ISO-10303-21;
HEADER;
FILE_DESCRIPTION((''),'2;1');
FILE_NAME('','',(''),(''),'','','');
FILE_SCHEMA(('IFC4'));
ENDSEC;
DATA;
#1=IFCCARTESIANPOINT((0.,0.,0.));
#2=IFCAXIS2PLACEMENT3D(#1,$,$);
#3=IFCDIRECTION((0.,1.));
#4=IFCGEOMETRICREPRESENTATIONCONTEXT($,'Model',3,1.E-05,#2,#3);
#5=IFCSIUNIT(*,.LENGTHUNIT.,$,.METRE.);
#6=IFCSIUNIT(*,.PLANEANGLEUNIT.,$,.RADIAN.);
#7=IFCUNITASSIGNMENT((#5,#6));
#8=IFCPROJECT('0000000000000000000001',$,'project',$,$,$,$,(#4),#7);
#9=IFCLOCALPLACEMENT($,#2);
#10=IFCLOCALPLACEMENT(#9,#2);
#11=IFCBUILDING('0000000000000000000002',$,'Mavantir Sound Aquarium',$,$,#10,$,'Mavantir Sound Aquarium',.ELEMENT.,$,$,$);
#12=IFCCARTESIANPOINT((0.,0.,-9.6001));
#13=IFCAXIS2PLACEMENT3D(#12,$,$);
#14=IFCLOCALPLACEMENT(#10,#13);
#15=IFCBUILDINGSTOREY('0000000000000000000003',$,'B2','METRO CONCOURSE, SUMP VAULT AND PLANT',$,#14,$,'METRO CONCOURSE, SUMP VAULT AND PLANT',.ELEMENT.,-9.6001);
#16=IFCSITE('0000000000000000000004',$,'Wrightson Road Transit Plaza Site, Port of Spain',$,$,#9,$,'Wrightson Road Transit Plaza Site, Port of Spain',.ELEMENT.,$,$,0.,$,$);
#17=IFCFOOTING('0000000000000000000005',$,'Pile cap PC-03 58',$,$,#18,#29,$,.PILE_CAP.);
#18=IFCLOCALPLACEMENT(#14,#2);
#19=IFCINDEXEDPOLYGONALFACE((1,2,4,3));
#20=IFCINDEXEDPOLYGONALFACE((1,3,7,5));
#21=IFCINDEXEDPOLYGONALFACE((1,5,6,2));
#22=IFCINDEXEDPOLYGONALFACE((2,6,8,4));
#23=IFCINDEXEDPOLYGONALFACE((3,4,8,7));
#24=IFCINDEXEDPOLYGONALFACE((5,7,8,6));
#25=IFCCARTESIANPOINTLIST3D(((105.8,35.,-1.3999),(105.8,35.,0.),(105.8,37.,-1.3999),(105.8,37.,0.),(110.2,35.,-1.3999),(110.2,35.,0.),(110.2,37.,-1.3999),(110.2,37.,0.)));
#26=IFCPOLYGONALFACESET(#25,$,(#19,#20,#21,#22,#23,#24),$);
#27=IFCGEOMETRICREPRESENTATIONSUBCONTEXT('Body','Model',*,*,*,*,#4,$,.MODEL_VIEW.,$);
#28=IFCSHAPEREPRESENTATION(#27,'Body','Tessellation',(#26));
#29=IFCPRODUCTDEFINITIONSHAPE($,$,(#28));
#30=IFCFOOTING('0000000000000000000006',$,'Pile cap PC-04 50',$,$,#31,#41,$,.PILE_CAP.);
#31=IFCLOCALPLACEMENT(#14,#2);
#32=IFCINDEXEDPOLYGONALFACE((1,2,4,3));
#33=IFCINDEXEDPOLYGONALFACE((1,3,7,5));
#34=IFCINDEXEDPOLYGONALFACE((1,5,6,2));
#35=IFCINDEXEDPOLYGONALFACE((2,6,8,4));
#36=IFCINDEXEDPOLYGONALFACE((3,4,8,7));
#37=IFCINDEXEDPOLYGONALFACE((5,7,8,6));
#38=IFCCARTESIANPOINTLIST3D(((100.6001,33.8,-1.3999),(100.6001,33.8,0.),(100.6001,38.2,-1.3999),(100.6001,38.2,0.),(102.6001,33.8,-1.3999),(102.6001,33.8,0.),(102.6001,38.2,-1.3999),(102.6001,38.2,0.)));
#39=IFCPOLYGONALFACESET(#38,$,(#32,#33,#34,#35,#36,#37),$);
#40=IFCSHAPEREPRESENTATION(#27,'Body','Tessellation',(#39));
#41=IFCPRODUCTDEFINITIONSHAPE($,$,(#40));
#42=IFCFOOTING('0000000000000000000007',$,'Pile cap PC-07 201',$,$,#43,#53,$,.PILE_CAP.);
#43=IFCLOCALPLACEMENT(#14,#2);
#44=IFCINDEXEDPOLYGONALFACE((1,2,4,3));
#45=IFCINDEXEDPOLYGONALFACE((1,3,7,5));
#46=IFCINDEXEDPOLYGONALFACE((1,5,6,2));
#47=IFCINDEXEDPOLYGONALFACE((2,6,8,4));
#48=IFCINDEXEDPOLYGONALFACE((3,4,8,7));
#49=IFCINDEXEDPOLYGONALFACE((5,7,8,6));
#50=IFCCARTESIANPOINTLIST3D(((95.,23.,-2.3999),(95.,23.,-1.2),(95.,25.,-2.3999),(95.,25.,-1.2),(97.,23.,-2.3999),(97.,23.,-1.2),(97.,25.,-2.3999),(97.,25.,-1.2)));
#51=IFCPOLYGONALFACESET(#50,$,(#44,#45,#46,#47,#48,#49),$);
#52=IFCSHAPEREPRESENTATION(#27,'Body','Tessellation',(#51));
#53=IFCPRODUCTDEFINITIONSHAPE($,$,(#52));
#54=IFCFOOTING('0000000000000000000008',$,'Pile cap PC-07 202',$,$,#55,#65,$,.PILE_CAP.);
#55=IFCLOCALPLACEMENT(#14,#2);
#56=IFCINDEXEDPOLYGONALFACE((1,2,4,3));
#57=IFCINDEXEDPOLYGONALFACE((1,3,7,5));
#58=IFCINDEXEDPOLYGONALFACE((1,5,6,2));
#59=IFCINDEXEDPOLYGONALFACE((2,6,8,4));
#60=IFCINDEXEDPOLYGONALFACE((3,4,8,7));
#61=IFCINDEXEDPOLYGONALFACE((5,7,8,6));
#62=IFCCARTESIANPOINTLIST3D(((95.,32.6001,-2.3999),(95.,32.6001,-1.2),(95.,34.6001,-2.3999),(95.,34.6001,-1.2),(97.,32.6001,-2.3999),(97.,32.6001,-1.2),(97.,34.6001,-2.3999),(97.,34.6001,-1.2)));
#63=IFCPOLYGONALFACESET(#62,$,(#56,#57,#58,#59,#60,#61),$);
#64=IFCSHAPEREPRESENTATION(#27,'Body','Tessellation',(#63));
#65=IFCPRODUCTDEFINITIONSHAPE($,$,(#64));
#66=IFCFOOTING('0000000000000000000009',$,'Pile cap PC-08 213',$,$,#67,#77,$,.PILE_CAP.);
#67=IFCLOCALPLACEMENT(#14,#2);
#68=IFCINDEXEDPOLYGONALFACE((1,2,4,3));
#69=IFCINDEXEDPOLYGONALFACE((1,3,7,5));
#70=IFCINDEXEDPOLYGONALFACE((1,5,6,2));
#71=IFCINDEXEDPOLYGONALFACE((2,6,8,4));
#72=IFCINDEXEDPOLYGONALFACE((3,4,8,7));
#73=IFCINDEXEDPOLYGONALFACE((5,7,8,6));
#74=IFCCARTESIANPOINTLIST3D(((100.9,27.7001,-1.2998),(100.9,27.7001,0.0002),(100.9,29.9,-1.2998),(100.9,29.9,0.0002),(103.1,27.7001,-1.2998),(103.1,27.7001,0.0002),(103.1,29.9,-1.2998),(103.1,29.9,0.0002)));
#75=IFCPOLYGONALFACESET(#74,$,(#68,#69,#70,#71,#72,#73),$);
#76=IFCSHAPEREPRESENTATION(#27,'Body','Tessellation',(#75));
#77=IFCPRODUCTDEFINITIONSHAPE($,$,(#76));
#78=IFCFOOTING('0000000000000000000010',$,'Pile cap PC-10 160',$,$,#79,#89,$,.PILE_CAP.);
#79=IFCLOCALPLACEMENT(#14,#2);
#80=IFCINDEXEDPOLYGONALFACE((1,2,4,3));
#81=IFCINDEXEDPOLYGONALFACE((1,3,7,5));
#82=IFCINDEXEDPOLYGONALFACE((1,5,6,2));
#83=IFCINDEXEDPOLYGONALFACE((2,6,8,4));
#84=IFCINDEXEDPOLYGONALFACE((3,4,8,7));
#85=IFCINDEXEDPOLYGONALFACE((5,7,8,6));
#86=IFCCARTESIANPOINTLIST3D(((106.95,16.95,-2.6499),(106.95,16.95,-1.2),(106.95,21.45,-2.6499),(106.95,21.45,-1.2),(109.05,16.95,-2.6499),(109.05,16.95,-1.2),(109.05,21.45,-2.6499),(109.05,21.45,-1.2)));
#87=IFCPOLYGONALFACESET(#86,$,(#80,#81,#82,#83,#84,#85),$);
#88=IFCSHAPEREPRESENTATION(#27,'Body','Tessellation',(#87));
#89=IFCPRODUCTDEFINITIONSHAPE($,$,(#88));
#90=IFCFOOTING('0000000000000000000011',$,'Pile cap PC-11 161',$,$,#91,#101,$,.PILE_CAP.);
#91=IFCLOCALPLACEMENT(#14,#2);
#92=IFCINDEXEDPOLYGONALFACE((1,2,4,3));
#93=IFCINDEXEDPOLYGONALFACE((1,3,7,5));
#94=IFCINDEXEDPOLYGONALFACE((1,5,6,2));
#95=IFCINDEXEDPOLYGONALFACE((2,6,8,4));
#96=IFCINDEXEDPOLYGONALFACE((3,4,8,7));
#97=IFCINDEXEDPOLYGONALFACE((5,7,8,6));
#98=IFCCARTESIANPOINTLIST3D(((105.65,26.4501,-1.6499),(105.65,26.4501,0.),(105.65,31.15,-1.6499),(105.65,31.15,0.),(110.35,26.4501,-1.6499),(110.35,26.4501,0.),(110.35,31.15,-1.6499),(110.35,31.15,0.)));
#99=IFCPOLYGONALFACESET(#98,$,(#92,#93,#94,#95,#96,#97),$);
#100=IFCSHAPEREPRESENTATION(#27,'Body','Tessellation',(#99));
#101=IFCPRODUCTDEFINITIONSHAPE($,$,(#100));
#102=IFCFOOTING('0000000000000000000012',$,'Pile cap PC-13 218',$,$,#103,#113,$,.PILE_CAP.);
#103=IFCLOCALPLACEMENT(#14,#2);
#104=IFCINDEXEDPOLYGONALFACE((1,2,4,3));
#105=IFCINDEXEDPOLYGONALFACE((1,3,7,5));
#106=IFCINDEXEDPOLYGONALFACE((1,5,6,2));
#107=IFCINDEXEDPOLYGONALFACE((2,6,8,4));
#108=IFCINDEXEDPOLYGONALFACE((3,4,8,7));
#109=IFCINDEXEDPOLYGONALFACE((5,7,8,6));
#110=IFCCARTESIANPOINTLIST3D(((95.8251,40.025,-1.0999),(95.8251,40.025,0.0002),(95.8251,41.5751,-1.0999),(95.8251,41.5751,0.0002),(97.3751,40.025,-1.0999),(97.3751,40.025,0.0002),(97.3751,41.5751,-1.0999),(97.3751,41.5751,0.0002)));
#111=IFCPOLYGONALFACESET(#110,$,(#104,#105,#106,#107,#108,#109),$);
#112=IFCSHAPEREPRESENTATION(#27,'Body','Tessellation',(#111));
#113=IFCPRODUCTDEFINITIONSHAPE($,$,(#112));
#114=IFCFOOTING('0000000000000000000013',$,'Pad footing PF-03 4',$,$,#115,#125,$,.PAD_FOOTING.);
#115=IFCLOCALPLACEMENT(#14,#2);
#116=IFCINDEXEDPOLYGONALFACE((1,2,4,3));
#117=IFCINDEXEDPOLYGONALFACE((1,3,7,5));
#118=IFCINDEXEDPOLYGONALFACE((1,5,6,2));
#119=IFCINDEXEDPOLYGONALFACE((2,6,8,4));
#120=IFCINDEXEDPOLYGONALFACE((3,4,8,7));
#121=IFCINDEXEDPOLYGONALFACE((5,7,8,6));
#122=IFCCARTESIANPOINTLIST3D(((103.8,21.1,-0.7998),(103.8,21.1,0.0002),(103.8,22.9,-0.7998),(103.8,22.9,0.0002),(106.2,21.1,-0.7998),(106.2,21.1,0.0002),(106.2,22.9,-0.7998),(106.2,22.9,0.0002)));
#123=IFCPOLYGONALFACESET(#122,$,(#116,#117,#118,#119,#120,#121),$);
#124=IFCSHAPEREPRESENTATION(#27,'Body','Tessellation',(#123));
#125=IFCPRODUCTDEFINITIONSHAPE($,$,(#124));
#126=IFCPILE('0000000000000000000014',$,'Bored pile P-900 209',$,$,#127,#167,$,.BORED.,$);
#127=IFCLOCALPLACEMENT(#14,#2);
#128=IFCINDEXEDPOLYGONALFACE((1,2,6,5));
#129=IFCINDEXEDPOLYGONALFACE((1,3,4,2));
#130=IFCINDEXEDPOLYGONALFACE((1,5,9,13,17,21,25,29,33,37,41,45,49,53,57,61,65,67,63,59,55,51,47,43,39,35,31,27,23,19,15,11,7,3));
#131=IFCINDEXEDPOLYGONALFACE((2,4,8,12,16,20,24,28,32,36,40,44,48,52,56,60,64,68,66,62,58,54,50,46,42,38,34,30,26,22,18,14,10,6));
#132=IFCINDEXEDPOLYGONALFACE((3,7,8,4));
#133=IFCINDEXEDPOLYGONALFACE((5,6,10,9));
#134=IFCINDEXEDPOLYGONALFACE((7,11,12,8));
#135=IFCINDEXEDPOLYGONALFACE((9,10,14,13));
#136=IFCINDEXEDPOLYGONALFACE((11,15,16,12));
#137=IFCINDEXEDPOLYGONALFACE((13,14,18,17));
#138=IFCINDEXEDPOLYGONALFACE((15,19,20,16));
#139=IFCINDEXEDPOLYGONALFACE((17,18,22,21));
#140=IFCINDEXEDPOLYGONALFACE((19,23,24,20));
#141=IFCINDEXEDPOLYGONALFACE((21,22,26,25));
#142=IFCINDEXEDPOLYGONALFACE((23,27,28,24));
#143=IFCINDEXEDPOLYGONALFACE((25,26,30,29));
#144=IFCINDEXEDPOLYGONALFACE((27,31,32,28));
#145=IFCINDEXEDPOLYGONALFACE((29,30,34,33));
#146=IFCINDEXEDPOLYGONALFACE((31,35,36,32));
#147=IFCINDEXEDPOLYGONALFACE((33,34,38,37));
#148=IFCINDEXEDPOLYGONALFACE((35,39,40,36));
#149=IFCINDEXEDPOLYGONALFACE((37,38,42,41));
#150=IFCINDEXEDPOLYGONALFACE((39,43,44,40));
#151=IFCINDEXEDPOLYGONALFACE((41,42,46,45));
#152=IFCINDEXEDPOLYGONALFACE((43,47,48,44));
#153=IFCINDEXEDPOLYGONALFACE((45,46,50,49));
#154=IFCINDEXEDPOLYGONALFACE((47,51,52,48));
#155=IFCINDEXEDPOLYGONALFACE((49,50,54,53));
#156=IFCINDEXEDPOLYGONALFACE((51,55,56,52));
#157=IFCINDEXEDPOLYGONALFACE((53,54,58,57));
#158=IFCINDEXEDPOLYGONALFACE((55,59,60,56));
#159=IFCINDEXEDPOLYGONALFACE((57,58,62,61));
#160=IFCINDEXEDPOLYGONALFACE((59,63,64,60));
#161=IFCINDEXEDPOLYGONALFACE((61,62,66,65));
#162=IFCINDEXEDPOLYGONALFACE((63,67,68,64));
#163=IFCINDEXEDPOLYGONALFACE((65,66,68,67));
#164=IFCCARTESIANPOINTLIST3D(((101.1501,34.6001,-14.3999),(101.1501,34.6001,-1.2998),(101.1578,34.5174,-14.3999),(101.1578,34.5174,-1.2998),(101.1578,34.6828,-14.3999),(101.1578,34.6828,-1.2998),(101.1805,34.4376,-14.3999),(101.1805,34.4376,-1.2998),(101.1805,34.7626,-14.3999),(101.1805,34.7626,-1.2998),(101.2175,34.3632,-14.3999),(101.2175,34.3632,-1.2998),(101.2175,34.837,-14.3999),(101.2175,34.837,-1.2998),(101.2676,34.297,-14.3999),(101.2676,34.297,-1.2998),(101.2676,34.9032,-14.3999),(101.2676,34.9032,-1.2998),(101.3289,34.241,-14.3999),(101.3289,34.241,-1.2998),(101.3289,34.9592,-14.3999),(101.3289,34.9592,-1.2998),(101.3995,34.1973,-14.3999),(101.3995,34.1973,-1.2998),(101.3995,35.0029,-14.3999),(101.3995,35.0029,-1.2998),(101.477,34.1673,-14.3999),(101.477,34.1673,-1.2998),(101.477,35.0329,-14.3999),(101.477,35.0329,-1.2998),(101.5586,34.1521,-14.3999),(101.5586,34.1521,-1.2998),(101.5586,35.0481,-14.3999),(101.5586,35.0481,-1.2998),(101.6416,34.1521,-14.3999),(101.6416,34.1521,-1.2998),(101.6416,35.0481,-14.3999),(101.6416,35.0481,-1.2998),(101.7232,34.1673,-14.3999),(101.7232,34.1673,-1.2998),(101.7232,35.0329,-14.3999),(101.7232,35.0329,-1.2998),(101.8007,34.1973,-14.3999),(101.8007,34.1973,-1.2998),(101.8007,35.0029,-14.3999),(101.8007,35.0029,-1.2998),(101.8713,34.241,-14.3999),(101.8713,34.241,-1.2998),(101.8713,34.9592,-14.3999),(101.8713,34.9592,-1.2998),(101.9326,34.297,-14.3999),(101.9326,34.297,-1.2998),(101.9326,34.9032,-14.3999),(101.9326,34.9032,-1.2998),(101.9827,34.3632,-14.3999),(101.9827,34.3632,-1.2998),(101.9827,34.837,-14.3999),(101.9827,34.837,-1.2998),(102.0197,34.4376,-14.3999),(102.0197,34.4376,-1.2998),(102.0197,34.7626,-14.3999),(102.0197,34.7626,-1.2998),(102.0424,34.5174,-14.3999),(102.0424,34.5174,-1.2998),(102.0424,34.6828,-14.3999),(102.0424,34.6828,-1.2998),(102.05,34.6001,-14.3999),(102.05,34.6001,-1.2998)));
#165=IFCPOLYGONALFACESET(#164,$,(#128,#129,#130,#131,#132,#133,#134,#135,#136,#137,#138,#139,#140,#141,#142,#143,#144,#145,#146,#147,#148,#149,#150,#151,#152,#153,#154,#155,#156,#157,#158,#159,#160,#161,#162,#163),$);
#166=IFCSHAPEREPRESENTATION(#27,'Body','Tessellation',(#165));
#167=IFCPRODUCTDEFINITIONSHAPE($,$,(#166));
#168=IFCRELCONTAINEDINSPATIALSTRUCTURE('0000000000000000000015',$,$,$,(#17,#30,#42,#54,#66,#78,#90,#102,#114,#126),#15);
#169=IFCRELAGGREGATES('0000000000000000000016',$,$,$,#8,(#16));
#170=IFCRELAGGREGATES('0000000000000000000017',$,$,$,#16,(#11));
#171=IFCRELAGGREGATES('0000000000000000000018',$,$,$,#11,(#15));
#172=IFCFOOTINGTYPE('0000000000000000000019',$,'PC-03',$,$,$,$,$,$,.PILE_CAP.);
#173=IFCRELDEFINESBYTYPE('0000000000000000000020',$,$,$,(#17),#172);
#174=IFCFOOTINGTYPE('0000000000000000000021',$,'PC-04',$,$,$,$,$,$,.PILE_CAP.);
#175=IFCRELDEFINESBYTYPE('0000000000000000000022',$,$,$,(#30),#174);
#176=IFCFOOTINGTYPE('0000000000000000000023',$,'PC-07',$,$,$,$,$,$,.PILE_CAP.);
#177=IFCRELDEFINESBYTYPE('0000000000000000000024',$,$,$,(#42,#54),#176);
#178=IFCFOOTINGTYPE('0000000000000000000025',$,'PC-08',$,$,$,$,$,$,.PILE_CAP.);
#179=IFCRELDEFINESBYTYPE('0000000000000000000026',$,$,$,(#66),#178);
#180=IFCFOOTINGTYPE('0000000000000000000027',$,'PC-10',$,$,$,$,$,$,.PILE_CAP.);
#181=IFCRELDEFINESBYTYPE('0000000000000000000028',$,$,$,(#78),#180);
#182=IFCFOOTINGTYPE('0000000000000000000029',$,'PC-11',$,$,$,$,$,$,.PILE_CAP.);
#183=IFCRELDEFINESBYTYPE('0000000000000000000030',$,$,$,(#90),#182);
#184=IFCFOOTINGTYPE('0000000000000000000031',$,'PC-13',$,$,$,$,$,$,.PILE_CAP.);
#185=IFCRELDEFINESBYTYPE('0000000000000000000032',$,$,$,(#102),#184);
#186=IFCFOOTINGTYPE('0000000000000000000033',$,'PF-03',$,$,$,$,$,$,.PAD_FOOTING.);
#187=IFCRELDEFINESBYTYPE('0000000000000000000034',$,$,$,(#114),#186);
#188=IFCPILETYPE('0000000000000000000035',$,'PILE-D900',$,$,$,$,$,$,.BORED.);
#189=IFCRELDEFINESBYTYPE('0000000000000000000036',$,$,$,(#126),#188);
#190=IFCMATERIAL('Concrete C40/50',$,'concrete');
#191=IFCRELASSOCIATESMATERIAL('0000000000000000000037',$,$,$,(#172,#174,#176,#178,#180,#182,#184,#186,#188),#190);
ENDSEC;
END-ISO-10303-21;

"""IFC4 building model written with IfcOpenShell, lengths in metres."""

from ifc_helpers import new_model, si_unit, direction, frame, origin, origin_2d, place, context, subcontext, project, spatial, rectangle, circle, extrude, material, material_profile, profile_set, type_object, element, save


model = new_model("IFC4")

# Units and contexts
model_context = context("Model", 3, precision=1e-05, world=origin(), true_north=direction((0.0, 1.0)))
body_context = subcontext(model_context, "Body", "Model", "MODEL_VIEW")
ifc_project = project(units=[si_unit("LENGTHUNIT", "METRE"), si_unit("PLANEANGLEUNIT", "RADIAN")], contexts=[model_context])

# Site, building, storey
site_placement = place(None, origin())
site = spatial("IfcSite", under=ifc_project, at=site_placement, Name="Wrightson Road Transit Plaza Site, Port of Spain", LongName="Wrightson Road Transit Plaza Site, Port of Spain", CompositionType="ELEMENT", RefElevation=0.0)
building_placement = place(site_placement, origin())
building = spatial("IfcBuilding", under=site, at=building_placement, Name="Mavantir Sound Aquarium", LongName="Mavantir Sound Aquarium", CompositionType="ELEMENT")
storey_placement = place(building_placement, frame((0.0, 0.0, -9.6001)))
storey = spatial("IfcBuildingStorey", under=building, at=storey_placement, Name="B2", Description="METRO CONCOURSE, SUMP VAULT AND PLANT", LongName="METRO CONCOURSE, SUMP VAULT AND PLANT", CompositionType="ELEMENT", Elevation=-9.6001)

# Footings
ifc_material_1 = material(Name="Concrete C40/50", Category="concrete")
footing_type_1 = type_object("IfcFootingType", Name="PC-03", PredefinedType="PILE_CAP", material=ifc_material_1)
footing_1_placement = place(storey_placement, frame((108.0, 36.0, -1.3999), z_axis=(0.0, 0.0, 1.0), x_axis=(1.0, 0.0, 0.0)))
element("IfcFooting", 1, at=footing_1_placement, inside=storey, type_object=footing_type_1, Name="Pile cap PC-03 58", PredefinedType="PILE_CAP", context=body_context, shape_type="SweptSolid", body=[
    extrude(rectangle(XDim=4.3999, YDim=2.0, at=origin_2d()), origin(), (0.0, 0.0, 1.0), 1.3999),
])
footing_type_2 = type_object("IfcFootingType", Name="PC-04", PredefinedType="PILE_CAP", material=ifc_material_1)
footing_2_placement = place(storey_placement, frame((101.6001, 36.0, -1.3999), z_axis=(0.0, 0.0, 1.0), x_axis=(1.0, 0.0, 0.0)))
element("IfcFooting", 2, at=footing_2_placement, inside=storey, type_object=footing_type_2, Name="Pile cap PC-04 50", PredefinedType="PILE_CAP", context=body_context, shape_type="SweptSolid", body=[
    extrude(rectangle(XDim=2.0, YDim=4.3999, at=origin_2d()), origin(), (0.0, 0.0, 1.0), 1.3999),
])
footing_type_3 = type_object("IfcFootingType", Name="PC-07", PredefinedType="PILE_CAP", material=ifc_material_1)
for number, where, z_axis, x_axis, name in (
    (3, (96.0, 24.0, -2.3999), (0.0, 0.0, 1.0), (1.0, 0.0, 0.0), "Pile cap PC-07 201"),
    (4, (96.0, 33.6001, -2.3999), (0.0, 0.0, 1.0), (1.0, 0.0, 0.0), "Pile cap PC-07 202"),
):
    element("IfcFooting", number, at=place(storey_placement, frame(where, z_axis=z_axis, x_axis=x_axis)), inside=storey, type_object=footing_type_3, Name=name, PredefinedType="PILE_CAP", context=body_context, shape_type="SweptSolid", body=[
        extrude(rectangle(XDim=2.0, YDim=2.0, at=origin_2d()), origin(), (0.0, 0.0, 1.0), 1.2),
    ])
footing_type_4 = type_object("IfcFootingType", Name="PC-08", PredefinedType="PILE_CAP", material=ifc_material_1)
footing_3_placement = place(storey_placement, frame((102.0, 28.8, -1.2998), z_axis=(0.0, 0.0, 1.0), x_axis=(1.0, 0.0, 0.0)))
element("IfcFooting", 5, at=footing_3_placement, inside=storey, type_object=footing_type_4, Name="Pile cap PC-08 213", PredefinedType="PILE_CAP", context=body_context, shape_type="SweptSolid", body=[
    extrude(rectangle(XDim=2.2, YDim=2.2, at=origin_2d()), origin(), (0.0, 0.0, 1.0), 1.3),
])
footing_type_5 = type_object("IfcFootingType", Name="PC-10", PredefinedType="PILE_CAP", material=ifc_material_1)
footing_4_placement = place(storey_placement, frame((108.0, 19.2, -2.6499), z_axis=(0.0, 0.0, 1.0), x_axis=(1.0, 0.0, 0.0)))
element("IfcFooting", 6, at=footing_4_placement, inside=storey, type_object=footing_type_5, Name="Pile cap PC-10 160", PredefinedType="PILE_CAP", context=body_context, shape_type="SweptSolid", body=[
    extrude(rectangle(XDim=2.1001, YDim=4.5, at=origin_2d()), origin(), (0.0, 0.0, 1.0), 1.45),
])
footing_type_6 = type_object("IfcFootingType", Name="PC-11", PredefinedType="PILE_CAP", material=ifc_material_1)
footing_5_placement = place(storey_placement, frame((108.0, 28.8, -1.6499), z_axis=(0.0, 0.0, 1.0), x_axis=(1.0, 0.0, 0.0)))
element("IfcFooting", 7, at=footing_5_placement, inside=storey, type_object=footing_type_6, Name="Pile cap PC-11 161", PredefinedType="PILE_CAP", context=body_context, shape_type="SweptSolid", body=[
    extrude(rectangle(XDim=4.7, YDim=4.7, at=origin_2d()), origin(), (0.0, 0.0, 1.0), 1.6499),
])
footing_type_7 = type_object("IfcFootingType", Name="PC-13", PredefinedType="PILE_CAP", material=ifc_material_1)
footing_6_placement = place(storey_placement, frame((96.6001, 40.8, -1.0999), z_axis=(0.0, 0.0, 1.0), x_axis=(1.0, 0.0, 0.0)))
element("IfcFooting", 8, at=footing_6_placement, inside=storey, type_object=footing_type_7, Name="Pile cap PC-13 218", PredefinedType="PILE_CAP", context=body_context, shape_type="SweptSolid", body=[
    extrude(rectangle(XDim=1.55, YDim=1.55, at=origin_2d()), origin(), (0.0, 0.0, 1.0), 1.1001),
])
footing_type_8 = type_object("IfcFootingType", Name="PF-03", PredefinedType="PAD_FOOTING", material=ifc_material_1)
footing_7_placement = place(storey_placement, frame((105.0, 22.0, -0.7998), z_axis=(0.0, 0.0, 1.0), x_axis=(1.0, 0.0, 0.0)))
element("IfcFooting", 9, at=footing_7_placement, inside=storey, type_object=footing_type_8, Name="Pad footing PF-03 4", PredefinedType="PAD_FOOTING", context=body_context, shape_type="SweptSolid", body=[
    extrude(rectangle(XDim=2.3999, YDim=1.8, at=origin_2d()), origin(), (0.0, 0.0, 1.0), 0.8),
])

# Pile
ifc_material_profile_1 = material_profile(ifc_material_1, circle(Radius=0.45, at=origin_2d()), Name="PILE D900")
ifc_profile_set_1 = profile_set([ifc_material_profile_1], Name="Concrete C40/50")
pile_type = type_object("IfcPileType", Name="PILE-D900", PredefinedType="BORED", material=ifc_profile_set_1)
for number, where, z_axis, x_axis, name in (
    (10, (101.6001, 34.6001, -1.2998), (0.0, 0.0, -1.0), (1.0, 0.0, 0.0), "Bored pile P-900 209"),
):
    element("IfcPile", number, at=place(storey_placement, frame(where, z_axis=z_axis, x_axis=x_axis)), inside=storey, type_object=pile_type, Name=name, PredefinedType="BORED", context=body_context, shape_type="SweptSolid", body=[
        extrude(circle(Radius=0.45, at=origin_2d()), origin(), (0.0, 0.0, 1.0), 13.1001),
    ])

save(model, "model.ifc")
